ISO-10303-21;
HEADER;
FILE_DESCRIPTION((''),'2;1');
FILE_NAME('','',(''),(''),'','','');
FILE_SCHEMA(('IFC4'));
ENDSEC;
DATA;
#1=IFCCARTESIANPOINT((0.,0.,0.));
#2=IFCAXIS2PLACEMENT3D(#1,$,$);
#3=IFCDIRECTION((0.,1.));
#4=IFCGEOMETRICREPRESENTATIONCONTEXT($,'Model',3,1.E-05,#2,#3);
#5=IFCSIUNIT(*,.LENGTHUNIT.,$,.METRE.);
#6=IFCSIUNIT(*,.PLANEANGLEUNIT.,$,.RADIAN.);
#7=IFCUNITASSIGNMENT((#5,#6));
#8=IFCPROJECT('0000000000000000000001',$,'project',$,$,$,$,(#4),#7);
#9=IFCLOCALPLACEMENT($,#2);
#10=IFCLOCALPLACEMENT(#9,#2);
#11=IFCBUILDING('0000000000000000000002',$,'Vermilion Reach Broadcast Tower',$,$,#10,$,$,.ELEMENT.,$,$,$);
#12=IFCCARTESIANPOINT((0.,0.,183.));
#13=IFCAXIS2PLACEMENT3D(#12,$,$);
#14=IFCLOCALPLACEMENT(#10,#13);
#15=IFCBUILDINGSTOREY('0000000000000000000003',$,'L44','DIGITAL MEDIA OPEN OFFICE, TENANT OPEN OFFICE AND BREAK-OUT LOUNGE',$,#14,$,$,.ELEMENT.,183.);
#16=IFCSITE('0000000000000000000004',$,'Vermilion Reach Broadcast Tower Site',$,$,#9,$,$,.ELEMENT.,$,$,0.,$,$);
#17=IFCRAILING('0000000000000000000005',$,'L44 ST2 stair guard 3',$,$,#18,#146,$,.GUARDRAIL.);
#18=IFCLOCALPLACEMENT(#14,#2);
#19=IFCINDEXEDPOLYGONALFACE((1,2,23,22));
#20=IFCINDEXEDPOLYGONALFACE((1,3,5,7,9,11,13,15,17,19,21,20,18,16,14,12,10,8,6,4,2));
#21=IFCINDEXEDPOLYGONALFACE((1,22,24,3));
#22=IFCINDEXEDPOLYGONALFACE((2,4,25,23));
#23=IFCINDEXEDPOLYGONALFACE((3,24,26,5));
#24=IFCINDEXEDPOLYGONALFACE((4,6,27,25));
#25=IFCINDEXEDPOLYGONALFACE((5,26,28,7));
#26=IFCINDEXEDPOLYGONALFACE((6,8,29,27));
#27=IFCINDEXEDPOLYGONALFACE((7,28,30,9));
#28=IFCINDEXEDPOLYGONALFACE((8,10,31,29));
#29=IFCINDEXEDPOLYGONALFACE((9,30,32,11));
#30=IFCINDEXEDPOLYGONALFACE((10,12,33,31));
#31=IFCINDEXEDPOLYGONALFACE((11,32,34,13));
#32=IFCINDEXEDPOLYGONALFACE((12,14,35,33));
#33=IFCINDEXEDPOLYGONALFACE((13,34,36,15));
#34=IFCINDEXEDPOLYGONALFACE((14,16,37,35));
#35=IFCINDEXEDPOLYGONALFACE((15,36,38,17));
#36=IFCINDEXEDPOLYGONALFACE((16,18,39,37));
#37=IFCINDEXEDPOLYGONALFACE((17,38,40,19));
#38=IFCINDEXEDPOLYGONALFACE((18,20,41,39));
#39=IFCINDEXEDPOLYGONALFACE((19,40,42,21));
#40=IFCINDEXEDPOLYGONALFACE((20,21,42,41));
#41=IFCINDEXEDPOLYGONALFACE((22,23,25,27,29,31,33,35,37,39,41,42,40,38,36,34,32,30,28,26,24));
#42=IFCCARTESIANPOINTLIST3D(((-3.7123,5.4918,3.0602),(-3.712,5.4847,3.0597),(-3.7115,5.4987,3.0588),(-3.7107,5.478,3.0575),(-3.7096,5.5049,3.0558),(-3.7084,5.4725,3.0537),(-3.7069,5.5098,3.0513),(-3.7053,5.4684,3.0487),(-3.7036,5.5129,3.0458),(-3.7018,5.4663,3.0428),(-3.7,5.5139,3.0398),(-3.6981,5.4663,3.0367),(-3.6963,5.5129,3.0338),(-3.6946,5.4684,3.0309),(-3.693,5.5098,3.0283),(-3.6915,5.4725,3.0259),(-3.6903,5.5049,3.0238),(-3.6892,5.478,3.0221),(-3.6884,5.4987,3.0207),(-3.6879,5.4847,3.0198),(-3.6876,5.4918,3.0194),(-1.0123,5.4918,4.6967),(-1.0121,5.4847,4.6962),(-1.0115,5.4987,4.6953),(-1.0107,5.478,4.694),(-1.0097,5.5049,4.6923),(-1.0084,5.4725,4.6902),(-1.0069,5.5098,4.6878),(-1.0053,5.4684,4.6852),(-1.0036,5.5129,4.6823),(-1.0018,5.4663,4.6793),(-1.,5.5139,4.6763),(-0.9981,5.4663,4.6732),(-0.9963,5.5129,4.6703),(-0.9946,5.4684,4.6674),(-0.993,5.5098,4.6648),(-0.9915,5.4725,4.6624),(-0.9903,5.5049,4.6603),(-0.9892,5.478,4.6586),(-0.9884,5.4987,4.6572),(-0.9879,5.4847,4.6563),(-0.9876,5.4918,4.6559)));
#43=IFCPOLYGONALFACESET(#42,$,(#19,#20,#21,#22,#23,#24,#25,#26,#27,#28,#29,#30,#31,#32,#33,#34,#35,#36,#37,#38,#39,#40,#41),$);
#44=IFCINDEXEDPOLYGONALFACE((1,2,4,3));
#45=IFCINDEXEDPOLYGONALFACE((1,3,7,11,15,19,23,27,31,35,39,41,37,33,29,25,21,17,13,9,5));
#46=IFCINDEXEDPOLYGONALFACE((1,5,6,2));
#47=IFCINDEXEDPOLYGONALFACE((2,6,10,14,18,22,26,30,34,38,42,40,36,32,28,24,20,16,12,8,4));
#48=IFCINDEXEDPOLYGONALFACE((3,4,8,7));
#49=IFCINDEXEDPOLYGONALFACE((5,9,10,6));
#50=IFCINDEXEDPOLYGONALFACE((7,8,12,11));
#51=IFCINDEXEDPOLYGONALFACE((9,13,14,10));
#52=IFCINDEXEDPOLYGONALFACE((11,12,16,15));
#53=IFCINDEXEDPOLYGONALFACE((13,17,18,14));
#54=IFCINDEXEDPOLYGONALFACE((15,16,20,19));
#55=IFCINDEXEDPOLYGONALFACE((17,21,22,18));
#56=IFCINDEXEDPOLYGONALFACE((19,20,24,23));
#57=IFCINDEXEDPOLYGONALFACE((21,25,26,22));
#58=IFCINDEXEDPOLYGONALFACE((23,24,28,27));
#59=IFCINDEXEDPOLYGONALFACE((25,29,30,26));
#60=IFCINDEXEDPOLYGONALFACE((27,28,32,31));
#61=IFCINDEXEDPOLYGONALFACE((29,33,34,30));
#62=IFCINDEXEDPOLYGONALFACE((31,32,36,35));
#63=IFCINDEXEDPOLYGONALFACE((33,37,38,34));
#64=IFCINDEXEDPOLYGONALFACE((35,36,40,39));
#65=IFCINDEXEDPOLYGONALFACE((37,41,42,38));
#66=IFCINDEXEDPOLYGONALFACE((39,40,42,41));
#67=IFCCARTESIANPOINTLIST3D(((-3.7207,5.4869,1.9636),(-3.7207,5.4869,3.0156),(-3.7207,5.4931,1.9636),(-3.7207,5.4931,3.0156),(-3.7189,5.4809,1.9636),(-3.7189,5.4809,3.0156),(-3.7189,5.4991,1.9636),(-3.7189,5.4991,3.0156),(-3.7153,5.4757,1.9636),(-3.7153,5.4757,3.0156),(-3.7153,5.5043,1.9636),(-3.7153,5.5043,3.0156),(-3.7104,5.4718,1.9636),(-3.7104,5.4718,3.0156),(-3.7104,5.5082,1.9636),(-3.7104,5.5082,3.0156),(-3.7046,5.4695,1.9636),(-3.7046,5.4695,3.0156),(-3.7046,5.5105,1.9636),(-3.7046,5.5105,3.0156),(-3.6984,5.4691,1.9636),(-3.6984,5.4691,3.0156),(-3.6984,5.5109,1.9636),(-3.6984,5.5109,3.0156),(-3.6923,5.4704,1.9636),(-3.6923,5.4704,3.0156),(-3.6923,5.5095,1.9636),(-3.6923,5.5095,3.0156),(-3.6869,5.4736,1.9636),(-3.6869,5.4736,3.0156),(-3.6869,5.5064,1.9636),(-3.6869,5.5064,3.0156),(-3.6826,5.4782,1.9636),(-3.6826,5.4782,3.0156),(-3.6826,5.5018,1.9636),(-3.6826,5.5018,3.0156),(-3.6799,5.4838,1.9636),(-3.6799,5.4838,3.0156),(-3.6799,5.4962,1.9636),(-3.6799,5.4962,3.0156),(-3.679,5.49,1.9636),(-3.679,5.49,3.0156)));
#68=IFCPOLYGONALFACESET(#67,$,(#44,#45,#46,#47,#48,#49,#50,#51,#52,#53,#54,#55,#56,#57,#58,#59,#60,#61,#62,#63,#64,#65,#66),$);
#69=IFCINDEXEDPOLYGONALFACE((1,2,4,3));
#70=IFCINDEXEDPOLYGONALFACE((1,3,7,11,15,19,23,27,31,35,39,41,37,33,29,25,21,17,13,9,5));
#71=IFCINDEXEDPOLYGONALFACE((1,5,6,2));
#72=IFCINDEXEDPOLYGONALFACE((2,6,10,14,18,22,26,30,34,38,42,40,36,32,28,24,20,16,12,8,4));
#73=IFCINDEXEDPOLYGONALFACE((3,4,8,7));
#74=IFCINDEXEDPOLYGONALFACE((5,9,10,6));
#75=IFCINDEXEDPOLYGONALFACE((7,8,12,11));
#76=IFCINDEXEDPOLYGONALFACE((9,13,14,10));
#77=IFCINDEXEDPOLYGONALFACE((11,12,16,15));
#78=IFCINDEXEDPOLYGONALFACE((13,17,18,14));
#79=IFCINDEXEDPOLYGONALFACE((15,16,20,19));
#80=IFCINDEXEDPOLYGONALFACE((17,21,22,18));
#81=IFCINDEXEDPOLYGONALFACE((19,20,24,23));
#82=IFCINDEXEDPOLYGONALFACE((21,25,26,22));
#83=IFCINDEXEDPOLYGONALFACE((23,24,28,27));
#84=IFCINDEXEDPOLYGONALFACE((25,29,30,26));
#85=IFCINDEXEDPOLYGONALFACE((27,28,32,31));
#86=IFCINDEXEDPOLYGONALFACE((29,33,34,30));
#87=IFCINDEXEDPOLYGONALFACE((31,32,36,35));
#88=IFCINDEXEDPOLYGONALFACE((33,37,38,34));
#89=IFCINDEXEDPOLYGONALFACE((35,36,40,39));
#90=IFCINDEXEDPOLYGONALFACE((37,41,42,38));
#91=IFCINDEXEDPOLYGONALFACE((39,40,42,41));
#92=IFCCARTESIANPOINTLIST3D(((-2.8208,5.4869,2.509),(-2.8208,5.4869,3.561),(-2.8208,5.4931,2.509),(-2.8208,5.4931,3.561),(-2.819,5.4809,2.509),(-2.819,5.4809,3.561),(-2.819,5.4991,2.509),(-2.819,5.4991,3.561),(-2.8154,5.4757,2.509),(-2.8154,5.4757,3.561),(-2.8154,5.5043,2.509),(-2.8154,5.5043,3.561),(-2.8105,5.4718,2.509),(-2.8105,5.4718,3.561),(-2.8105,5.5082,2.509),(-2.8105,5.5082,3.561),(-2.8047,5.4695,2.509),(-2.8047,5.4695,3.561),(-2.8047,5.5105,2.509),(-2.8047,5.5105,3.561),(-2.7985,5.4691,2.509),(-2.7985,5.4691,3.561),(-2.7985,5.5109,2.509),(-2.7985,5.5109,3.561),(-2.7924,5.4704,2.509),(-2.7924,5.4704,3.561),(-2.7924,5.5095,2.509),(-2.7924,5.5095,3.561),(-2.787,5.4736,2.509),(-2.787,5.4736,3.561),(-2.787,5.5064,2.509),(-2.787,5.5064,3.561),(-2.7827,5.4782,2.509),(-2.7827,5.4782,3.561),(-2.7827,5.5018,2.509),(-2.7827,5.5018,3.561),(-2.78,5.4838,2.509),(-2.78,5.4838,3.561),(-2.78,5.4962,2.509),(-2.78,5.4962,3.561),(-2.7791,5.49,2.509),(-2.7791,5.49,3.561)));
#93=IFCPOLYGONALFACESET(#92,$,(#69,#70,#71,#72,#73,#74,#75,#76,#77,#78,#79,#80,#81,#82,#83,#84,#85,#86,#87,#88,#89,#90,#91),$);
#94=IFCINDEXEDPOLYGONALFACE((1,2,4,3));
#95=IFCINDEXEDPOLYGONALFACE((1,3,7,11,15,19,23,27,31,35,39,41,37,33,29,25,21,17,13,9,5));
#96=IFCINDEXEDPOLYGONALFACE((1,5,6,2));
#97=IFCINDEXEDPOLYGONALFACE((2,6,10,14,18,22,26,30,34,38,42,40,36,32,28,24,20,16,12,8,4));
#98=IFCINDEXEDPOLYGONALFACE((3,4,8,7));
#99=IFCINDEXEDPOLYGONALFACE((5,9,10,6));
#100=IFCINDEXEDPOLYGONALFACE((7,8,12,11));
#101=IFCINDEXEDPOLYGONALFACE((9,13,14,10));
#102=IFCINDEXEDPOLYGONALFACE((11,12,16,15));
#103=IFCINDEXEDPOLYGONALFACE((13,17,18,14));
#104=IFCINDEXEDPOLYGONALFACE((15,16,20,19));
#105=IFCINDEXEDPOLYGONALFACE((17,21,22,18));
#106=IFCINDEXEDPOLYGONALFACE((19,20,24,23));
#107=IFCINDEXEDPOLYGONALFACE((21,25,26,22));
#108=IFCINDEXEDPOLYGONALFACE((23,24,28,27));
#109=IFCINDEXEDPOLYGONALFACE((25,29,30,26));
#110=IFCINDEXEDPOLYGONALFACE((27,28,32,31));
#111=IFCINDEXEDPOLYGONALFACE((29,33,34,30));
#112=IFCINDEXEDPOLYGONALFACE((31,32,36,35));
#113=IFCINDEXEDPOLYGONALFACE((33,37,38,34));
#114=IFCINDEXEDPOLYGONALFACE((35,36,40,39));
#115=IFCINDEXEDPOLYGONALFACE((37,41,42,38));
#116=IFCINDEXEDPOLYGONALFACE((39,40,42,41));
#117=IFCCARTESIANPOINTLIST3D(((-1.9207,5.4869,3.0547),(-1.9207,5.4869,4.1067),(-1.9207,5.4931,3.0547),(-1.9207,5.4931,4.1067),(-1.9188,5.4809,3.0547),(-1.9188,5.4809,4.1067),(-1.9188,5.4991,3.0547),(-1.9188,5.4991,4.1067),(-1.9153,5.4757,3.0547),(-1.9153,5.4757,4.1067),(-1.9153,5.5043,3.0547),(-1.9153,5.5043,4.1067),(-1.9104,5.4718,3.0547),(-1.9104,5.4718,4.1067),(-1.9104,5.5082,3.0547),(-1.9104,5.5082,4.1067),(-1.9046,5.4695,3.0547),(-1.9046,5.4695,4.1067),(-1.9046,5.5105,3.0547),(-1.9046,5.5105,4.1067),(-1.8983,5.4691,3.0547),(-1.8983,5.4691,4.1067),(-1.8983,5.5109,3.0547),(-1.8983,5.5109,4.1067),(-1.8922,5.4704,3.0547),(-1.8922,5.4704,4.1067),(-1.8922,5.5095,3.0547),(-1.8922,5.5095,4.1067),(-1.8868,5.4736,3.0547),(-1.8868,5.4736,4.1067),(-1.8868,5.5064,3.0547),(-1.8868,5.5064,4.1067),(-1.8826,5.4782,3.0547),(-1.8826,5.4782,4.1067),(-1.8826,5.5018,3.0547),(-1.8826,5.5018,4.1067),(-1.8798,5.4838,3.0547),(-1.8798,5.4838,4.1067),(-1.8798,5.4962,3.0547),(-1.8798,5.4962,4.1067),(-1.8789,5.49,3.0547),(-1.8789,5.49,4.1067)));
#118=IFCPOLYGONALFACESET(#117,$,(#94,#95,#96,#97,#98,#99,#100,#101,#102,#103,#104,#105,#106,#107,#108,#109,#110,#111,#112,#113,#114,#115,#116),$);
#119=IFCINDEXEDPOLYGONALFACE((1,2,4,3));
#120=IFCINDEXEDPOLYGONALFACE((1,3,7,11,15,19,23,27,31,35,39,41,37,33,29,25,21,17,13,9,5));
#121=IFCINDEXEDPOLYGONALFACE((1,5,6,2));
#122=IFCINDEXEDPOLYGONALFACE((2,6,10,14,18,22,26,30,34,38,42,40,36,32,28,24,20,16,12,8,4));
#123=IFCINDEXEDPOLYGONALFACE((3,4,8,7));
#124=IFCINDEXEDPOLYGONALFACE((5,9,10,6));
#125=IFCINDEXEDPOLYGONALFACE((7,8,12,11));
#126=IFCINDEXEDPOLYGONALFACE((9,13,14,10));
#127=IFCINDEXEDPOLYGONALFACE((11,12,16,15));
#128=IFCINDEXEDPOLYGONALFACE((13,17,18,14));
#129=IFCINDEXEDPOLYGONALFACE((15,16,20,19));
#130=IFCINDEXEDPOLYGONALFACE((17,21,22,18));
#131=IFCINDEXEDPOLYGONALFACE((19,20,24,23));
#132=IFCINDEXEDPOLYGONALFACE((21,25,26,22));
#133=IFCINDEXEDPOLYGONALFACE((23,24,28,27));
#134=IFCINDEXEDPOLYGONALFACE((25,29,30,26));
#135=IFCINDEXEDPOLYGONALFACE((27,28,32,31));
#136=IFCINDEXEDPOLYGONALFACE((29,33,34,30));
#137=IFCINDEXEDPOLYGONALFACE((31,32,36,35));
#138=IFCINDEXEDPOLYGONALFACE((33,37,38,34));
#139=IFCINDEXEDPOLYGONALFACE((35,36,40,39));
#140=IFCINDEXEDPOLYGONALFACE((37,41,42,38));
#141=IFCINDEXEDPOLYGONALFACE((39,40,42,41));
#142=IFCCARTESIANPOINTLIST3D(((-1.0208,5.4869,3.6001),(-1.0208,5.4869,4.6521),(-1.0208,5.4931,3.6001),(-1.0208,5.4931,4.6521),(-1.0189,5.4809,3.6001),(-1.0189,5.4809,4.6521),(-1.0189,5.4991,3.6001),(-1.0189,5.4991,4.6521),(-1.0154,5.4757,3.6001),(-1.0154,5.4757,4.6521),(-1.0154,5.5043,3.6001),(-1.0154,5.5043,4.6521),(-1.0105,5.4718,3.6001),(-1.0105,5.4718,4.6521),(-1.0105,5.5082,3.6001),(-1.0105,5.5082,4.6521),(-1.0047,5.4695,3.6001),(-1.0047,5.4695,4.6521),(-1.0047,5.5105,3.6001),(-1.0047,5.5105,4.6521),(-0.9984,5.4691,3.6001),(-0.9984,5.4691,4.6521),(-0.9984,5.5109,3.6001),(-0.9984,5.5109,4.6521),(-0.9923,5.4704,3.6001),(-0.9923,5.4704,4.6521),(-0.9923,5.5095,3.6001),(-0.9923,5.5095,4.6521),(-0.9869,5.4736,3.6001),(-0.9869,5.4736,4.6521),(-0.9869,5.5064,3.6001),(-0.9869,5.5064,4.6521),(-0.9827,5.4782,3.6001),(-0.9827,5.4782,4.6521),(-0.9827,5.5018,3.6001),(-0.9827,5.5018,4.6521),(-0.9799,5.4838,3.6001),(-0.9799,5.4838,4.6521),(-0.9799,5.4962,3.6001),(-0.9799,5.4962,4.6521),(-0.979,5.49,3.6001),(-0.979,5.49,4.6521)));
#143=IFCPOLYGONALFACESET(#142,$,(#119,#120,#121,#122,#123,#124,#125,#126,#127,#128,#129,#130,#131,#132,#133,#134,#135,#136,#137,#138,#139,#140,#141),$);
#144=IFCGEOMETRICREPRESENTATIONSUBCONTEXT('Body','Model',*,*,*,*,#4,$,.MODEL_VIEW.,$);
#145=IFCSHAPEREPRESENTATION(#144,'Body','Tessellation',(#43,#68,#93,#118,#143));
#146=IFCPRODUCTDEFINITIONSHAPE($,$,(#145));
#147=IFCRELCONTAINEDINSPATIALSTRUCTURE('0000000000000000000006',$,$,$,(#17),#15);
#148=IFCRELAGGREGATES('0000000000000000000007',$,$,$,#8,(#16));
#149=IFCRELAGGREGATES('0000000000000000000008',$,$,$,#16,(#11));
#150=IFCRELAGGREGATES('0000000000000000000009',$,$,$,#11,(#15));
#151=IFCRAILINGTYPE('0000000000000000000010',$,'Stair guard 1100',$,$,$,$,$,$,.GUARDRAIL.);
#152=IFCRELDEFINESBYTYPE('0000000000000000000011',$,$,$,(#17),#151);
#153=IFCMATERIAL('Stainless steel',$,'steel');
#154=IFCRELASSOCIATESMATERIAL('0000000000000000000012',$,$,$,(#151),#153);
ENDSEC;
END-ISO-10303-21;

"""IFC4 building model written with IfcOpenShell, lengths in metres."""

from ifc_helpers import new_model, si_unit, direction, frame, origin, origin_2d, place, context, subcontext, project, spatial, circle, extrude, material, type_object, element, save


model = new_model("IFC4")

# Units and contexts
model_context = context("Model", 3, precision=1e-05, world=origin(), true_north=direction((0.0, 1.0)))
body_context = subcontext(model_context, "Body", "Model", "MODEL_VIEW")
ifc_project = project(units=[si_unit("LENGTHUNIT", "METRE"), si_unit("PLANEANGLEUNIT", "RADIAN")], contexts=[model_context])

# Site, building, storey
site_placement = place(None, origin())
site = spatial("IfcSite", under=ifc_project, at=site_placement, Name="Vermilion Reach Broadcast Tower Site", CompositionType="ELEMENT", RefElevation=0.0)
building_placement = place(site_placement, origin())
building = spatial("IfcBuilding", under=site, at=building_placement, Name="Vermilion Reach Broadcast Tower", CompositionType="ELEMENT")
storey_placement = place(building_placement, frame((0.0, 0.0, 183.0)))
storey = spatial("IfcBuildingStorey", under=building, at=storey_placement, Name="L44", Description="DIGITAL MEDIA OPEN OFFICE, TENANT OPEN OFFICE AND BREAK-OUT LOUNGE", CompositionType="ELEMENT", Elevation=183.0)

# Railing
ifc_material_1 = material(Name="Stainless steel", Category="steel")
railing_type_1 = type_object("IfcRailingType", Name="Stair guard 1100", PredefinedType="GUARDRAIL", material=ifc_material_1)
railing_1_placement = place(storey_placement, frame((-3.7, 5.49, 1.9636)))
element("IfcRailing", 1, at=railing_1_placement, inside=storey, type_object=railing_type_1, Name="L44 ST2 stair guard 3", PredefinedType="GUARDRAIL", context=body_context, shape_type="SweptSolid", body=[
    extrude(circle(Radius=0.0239, at=origin_2d()), frame((0.0, 0.0, 1.0762), z_axis=(0.855178, 0.0, 0.518334), x_axis=(0.0, 1.0, 0.0)), (0.0, 0.0, 1.0), 3.1572),
    extrude(circle(Radius=0.021, at=origin_2d()), origin(), (0.0, 0.0, 1.0), 1.052),
    extrude(circle(Radius=0.021, at=origin_2d()), frame((0.8999, 0.0, 0.5454)), (0.0, 0.0, 1.0), 1.052),
    extrude(circle(Radius=0.021, at=origin_2d()), frame((1.8, 0.0, 1.0911)), (0.0, 0.0, 1.0), 1.052),
    extrude(circle(Radius=0.021, at=origin_2d()), frame((2.7, 0.0, 1.6365)), (0.0, 0.0, 1.0), 1.052),
])

save(model, "model.ifc")
